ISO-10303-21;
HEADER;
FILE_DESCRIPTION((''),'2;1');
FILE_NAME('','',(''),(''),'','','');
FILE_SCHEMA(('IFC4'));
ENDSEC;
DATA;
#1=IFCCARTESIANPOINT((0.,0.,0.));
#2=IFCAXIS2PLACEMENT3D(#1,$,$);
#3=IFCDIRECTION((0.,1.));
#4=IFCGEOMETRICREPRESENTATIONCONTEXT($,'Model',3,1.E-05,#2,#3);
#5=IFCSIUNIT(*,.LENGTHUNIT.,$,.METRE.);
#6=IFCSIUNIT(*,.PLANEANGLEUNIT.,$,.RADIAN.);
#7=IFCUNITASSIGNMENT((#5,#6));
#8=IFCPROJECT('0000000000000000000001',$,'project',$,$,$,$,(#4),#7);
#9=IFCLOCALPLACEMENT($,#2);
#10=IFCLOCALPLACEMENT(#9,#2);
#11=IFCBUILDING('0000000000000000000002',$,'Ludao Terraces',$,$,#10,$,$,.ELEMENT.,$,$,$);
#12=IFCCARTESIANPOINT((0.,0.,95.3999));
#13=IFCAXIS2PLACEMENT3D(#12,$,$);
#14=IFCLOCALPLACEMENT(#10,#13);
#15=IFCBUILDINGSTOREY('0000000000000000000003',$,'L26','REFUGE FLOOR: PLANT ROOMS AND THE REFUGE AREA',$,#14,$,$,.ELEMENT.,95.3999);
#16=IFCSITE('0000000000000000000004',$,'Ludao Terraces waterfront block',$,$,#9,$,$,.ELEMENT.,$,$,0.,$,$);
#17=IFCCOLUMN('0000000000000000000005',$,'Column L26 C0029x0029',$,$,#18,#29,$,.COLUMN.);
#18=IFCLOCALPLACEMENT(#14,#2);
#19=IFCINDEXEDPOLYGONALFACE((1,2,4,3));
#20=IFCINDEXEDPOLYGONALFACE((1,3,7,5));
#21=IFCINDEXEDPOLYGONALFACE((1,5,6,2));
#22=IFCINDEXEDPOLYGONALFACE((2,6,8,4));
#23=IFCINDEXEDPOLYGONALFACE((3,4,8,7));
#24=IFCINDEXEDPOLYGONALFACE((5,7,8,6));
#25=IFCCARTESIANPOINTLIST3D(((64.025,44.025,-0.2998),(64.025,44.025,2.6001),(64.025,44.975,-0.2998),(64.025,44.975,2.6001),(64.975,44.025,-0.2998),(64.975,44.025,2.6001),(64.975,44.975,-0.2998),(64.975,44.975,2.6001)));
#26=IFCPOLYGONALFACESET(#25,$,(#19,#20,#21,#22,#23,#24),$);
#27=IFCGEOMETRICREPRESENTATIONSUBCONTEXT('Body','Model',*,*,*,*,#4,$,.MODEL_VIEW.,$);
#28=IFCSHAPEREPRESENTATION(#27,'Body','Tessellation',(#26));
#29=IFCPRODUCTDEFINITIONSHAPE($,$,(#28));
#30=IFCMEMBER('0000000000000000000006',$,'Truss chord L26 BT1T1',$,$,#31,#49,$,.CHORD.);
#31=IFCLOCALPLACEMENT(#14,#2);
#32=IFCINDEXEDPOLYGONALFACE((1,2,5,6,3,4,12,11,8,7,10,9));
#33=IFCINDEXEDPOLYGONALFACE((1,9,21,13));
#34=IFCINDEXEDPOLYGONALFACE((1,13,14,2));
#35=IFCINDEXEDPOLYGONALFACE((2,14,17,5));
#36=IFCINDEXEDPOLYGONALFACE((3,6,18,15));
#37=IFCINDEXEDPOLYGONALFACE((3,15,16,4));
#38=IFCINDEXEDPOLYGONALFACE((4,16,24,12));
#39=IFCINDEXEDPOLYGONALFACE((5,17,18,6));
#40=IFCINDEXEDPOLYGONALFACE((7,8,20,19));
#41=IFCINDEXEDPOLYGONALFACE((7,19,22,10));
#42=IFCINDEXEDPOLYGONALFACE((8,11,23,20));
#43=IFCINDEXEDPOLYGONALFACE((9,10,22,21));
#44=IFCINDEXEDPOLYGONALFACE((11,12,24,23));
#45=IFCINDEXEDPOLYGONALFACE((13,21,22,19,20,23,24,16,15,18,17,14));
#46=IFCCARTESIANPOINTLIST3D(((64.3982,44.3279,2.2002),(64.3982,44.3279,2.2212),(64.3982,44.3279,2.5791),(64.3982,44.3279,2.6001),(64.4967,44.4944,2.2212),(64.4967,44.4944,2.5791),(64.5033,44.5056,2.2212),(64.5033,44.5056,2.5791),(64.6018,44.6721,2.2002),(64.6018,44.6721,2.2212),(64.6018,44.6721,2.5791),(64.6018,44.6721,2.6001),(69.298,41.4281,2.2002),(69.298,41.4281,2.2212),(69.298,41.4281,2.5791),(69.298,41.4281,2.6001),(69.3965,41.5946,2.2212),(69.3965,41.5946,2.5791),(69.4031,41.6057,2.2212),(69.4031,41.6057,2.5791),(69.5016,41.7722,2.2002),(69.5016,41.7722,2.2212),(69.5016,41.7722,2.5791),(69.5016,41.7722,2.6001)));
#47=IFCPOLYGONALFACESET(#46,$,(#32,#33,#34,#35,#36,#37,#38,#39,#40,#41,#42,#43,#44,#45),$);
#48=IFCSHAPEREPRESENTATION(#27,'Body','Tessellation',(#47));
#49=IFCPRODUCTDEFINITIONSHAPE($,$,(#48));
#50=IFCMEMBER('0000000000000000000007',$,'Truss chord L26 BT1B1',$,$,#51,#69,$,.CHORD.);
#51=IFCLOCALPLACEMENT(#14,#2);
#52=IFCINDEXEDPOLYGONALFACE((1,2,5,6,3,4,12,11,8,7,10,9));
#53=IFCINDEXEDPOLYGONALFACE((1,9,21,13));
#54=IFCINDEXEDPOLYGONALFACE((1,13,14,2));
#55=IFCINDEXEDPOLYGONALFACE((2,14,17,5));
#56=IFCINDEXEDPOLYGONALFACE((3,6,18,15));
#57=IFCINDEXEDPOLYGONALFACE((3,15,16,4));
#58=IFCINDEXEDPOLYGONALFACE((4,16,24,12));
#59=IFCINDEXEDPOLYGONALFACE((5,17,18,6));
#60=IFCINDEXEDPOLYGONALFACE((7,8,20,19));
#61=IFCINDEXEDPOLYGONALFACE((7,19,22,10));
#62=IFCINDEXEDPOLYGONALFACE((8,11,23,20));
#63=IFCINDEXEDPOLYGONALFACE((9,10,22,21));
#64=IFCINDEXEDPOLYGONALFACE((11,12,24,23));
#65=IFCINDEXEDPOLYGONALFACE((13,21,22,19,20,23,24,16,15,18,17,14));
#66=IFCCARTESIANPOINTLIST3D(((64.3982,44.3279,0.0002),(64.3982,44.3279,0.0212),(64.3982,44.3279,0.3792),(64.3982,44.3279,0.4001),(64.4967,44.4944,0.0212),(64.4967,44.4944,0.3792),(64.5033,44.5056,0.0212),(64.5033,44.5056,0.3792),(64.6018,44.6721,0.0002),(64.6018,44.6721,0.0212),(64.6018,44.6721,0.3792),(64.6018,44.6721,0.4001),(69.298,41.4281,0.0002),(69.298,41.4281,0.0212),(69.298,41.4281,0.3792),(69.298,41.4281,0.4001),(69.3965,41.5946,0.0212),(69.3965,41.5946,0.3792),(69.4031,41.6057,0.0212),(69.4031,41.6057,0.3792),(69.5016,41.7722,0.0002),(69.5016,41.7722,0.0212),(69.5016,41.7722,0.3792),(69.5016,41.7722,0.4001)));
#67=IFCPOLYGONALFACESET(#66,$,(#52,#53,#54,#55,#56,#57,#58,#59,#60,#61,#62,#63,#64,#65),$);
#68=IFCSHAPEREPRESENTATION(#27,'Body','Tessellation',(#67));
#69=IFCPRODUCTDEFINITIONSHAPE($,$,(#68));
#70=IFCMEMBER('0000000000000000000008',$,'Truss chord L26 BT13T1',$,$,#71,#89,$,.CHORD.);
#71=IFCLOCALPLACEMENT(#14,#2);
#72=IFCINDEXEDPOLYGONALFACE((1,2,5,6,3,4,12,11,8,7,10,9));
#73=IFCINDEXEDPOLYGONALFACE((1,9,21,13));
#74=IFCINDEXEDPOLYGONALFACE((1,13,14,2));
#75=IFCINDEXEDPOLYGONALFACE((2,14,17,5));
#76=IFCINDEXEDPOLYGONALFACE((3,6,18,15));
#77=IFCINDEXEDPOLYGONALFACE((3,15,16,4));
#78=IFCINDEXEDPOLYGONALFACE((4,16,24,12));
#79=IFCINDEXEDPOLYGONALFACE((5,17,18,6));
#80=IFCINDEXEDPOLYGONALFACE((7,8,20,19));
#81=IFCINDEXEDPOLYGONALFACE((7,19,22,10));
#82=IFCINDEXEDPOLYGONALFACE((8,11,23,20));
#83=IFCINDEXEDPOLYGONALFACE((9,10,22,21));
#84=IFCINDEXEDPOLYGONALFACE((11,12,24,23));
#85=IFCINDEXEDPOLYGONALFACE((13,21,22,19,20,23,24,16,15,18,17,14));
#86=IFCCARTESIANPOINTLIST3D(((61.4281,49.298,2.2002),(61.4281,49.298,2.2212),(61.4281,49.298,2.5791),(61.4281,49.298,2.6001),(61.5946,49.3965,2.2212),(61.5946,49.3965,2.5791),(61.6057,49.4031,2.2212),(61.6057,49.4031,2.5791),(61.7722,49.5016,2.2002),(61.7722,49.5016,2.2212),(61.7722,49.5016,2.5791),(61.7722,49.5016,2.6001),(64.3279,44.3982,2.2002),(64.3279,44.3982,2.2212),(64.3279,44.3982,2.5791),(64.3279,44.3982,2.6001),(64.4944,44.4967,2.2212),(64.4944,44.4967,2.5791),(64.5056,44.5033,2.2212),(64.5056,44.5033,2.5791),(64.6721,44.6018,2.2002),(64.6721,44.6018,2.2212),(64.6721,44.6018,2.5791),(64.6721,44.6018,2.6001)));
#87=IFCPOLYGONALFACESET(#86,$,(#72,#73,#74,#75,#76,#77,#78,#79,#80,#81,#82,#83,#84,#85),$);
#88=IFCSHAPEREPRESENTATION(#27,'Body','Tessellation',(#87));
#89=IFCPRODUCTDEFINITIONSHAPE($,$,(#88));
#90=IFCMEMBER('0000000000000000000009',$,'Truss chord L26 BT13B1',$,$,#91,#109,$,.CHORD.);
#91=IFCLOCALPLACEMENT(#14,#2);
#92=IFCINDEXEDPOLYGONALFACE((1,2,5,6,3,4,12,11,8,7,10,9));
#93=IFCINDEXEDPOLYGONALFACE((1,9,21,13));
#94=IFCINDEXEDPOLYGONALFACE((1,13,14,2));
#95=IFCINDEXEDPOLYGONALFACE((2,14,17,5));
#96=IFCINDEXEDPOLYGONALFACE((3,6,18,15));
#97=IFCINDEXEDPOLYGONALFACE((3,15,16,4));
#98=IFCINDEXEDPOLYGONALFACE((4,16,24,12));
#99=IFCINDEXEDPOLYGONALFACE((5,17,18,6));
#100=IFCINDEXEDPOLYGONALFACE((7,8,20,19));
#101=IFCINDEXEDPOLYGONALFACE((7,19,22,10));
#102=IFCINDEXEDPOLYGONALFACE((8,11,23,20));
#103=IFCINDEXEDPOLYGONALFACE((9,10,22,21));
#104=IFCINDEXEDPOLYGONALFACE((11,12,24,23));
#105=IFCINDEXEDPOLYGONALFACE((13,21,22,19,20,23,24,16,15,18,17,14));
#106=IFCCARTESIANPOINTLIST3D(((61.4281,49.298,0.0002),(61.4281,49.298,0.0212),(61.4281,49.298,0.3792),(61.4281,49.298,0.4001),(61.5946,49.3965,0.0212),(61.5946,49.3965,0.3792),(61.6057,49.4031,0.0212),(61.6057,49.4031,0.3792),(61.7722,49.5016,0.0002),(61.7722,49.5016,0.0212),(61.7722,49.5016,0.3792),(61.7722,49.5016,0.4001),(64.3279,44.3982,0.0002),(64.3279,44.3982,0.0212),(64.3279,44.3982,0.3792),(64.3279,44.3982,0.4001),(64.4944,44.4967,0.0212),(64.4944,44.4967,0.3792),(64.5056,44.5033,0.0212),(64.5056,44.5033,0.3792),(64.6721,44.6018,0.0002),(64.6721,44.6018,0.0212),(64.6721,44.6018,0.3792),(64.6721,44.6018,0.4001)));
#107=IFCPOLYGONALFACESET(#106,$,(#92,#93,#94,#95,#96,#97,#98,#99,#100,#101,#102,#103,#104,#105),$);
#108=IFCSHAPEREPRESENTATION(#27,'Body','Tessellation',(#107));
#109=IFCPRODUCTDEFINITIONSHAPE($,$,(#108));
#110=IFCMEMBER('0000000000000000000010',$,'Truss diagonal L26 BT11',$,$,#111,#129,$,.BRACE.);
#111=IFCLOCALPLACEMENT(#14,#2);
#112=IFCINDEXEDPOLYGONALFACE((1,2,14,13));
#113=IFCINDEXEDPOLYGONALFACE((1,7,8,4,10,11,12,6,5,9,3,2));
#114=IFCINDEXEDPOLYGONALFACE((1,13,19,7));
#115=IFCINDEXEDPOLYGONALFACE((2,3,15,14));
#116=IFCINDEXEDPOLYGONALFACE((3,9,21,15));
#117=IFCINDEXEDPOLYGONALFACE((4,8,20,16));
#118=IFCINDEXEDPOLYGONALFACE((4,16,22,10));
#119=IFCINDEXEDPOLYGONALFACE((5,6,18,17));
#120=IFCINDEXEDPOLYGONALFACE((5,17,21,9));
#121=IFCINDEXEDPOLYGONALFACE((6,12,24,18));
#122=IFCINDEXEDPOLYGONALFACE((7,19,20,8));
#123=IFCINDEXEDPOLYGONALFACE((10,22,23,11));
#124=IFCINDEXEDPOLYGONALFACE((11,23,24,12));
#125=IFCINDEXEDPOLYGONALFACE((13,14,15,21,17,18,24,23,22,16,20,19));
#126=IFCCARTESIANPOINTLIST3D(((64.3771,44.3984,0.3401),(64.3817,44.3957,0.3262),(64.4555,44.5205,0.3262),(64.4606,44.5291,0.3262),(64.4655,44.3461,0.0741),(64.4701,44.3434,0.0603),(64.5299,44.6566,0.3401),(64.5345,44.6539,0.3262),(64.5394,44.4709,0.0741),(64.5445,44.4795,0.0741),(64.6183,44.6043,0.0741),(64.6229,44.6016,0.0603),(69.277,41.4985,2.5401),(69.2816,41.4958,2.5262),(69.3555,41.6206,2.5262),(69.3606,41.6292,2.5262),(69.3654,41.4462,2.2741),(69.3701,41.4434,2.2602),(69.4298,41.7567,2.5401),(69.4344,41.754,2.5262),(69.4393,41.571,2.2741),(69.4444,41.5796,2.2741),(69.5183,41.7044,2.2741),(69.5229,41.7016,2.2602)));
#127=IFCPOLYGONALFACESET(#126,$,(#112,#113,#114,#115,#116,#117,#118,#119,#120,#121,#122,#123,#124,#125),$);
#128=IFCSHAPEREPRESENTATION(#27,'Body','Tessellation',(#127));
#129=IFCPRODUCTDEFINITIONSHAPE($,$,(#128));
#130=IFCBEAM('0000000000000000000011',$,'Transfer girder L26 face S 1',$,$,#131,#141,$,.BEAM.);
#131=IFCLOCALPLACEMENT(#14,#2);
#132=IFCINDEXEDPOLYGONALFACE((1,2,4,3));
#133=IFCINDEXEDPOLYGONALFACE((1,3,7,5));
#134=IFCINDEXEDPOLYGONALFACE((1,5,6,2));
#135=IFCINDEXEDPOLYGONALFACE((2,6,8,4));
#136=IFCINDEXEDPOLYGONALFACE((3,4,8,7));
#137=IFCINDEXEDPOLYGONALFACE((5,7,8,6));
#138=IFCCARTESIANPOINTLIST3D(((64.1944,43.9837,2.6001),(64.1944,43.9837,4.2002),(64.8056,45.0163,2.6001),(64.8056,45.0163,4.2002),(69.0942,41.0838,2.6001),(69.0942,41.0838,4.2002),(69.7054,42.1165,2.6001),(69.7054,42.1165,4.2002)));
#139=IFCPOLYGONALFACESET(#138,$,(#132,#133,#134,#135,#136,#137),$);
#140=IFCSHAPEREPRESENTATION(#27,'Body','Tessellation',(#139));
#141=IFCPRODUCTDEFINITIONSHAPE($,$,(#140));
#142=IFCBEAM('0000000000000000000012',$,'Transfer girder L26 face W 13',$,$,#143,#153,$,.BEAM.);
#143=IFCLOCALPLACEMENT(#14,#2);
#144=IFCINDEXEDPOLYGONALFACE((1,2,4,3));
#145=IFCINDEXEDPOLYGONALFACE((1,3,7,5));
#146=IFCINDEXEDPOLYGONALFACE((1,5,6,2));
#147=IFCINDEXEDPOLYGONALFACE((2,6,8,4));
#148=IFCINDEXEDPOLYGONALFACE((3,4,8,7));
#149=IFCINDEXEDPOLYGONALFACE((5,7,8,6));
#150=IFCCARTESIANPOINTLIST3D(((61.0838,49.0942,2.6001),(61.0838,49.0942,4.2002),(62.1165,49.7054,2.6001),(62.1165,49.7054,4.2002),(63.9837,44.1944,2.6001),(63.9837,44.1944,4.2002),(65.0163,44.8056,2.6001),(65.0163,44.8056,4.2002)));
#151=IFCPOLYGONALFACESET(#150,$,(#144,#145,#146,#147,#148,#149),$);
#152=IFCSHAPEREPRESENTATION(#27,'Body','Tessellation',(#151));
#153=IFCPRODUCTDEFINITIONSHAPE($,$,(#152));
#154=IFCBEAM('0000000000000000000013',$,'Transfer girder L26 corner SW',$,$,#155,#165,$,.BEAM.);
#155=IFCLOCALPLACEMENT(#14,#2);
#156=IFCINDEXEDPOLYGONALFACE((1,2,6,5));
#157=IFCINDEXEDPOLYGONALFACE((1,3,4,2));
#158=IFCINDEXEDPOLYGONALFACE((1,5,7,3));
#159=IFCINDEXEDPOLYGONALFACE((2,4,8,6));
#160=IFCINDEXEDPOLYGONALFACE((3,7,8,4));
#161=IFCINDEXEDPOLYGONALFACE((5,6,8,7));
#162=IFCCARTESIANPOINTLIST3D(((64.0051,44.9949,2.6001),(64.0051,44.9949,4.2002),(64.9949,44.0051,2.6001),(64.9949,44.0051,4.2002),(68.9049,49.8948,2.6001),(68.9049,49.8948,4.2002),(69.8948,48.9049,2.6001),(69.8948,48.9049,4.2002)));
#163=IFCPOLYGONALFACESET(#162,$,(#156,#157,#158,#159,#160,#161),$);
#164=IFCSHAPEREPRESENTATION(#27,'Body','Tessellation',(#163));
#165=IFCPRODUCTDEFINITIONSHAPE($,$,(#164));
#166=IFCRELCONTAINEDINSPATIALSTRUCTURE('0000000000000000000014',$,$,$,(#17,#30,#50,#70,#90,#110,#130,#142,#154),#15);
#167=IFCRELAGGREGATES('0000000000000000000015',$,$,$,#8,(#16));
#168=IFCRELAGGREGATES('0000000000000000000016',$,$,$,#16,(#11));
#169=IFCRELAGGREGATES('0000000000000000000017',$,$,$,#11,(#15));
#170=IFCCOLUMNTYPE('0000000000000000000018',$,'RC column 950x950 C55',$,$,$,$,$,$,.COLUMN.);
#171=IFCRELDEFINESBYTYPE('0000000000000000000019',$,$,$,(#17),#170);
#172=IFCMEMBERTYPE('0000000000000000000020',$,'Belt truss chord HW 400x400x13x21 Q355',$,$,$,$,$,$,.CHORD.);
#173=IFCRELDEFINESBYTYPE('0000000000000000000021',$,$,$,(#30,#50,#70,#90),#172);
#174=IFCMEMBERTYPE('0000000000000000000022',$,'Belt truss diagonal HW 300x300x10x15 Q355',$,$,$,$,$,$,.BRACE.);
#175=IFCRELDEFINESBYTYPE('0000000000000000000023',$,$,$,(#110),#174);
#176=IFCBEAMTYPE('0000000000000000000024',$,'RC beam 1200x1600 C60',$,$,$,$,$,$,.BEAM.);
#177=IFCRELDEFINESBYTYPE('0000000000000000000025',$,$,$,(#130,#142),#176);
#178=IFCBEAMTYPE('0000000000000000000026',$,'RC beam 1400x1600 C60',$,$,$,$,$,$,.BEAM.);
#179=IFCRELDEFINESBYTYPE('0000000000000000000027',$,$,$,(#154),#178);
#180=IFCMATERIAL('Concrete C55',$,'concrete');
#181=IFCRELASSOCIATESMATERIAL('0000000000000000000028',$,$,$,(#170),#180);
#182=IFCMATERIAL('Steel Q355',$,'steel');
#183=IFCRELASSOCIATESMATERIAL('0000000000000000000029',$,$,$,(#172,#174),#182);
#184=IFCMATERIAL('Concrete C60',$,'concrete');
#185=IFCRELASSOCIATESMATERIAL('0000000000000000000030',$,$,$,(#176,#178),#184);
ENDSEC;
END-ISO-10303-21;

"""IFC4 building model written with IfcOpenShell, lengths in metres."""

from ifc_helpers import new_model, si_unit, direction, frame, origin, origin_2d, place, context, subcontext, project, spatial, rectangle, i_section, extrude, material, material_profile, profile_set, type_object, element, save


model = new_model("IFC4")

# Units and contexts
model_context = context("Model", 3, precision=1e-05, world=origin(), true_north=direction((0.0, 1.0)))
body_context = subcontext(model_context, "Body", "Model", "MODEL_VIEW")
ifc_project = project(units=[si_unit("LENGTHUNIT", "METRE"), si_unit("PLANEANGLEUNIT", "RADIAN")], contexts=[model_context])

# Site, building, storey
site_placement = place(None, origin())
site = spatial("IfcSite", under=ifc_project, at=site_placement, Name="Ludao Terraces waterfront block", CompositionType="ELEMENT", RefElevation=0.0)
building_placement = place(site_placement, origin())
building = spatial("IfcBuilding", under=site, at=building_placement, Name="Ludao Terraces", CompositionType="ELEMENT")
storey_placement = place(building_placement, frame((0.0, 0.0, 95.3999)))
storey = spatial("IfcBuildingStorey", under=building, at=storey_placement, Name="L26", Description="REFUGE FLOOR: PLANT ROOMS AND THE REFUGE AREA", CompositionType="ELEMENT", Elevation=95.3999)

# Column
ifc_material_1 = material(Name="Concrete C55", Category="concrete")
ifc_material_profile_1 = material_profile(ifc_material_1, rectangle(XDim=0.95, YDim=0.95, at=origin_2d()), Name="950 X 950")
ifc_profile_set_1 = profile_set([ifc_material_profile_1], Name="Concrete C55")
column_type = type_object("IfcColumnType", Name="RC column 950x950 C55", PredefinedType="COLUMN", material=ifc_profile_set_1)
column_placement = place(storey_placement, frame((64.5, 44.5, -0.2998), z_axis=(0.0, 0.0, 1.0), x_axis=(1.0, 0.0, 0.0)))
element("IfcColumn", 1, at=column_placement, inside=storey, type_object=column_type, Name="Column L26 C0029x0029", PredefinedType="COLUMN", context=body_context, shape_type="SweptSolid", body=[
    extrude(rectangle(XDim=0.95, YDim=0.95, at=origin_2d()), origin(), (0.0, 0.0, 1.0), 2.8999),
])

# Members
ifc_material_2 = material(Name="Steel Q355", Category="steel")
ifc_material_profile_2 = material_profile(ifc_material_2, i_section(OverallWidth=0.3999, OverallDepth=0.3999, WebThickness=0.0129, FlangeThickness=0.021, at=origin_2d()), Name="HW 400X400X13X21")
ifc_profile_set_2 = profile_set([ifc_material_profile_2], Name="Steel Q355")
member_type_1 = type_object("IfcMemberType", Name="Belt truss chord HW 400x400x13x21 Q355", PredefinedType="CHORD", material=ifc_profile_set_2)
for number, where, z_axis, x_axis, name in (
    (2, (64.5, 44.5, 2.4001), (0.86058, -0.509316, 0.0), (0.509316, 0.86058, 0.0), "Truss chord L26 BT1T1"),
    (3, (64.5, 44.5, 0.2002), (0.86058, -0.509316, 0.0), (0.509316, 0.86058, 0.0), "Truss chord L26 BT1B1"),
    (4, (64.5, 44.5, 2.4001), (-0.509316, 0.86058, 0.0), (-0.86058, -0.509316, 0.0), "Truss chord L26 BT13T1"),
    (5, (64.5, 44.5, 0.2002), (-0.509316, 0.86058, 0.0), (-0.86058, -0.509316, 0.0), "Truss chord L26 BT13B1"),
):
    element("IfcMember", number, at=place(storey_placement, frame(where, z_axis=z_axis, x_axis=x_axis)), inside=storey, type_object=member_type_1, Name=name, PredefinedType="CHORD", context=body_context, shape_type="SweptSolid", body=[
        extrude(i_section(OverallWidth=0.3999, OverallDepth=0.3999, WebThickness=0.0129, FlangeThickness=0.021, at=origin_2d()), origin(), (0.0, 0.0, 1.0), 5.6936),
    ])
ifc_material_profile_3 = material_profile(ifc_material_2, i_section(OverallWidth=0.3, OverallDepth=0.3, WebThickness=0.01, FlangeThickness=0.0149, at=origin_2d()), Name="HW 300X300X10X15")
ifc_profile_set_3 = profile_set([ifc_material_profile_3], Name="Steel Q355")
member_type_2 = type_object("IfcMemberType", Name="Belt truss diagonal HW 300x300x10x15 Q355", PredefinedType="BRACE", material=ifc_profile_set_3)
member_placement = place(storey_placement, frame((64.5, 44.5, 0.2002), z_axis=(0.802742, -0.475086, 0.360414), x_axis=(0.509316, 0.86058, 0.0)))
element("IfcMember", 6, at=member_placement, inside=storey, type_object=member_type_2, Name="Truss diagonal L26 BT11", PredefinedType="BRACE", context=body_context, shape_type="SweptSolid", body=[
    extrude(i_section(OverallWidth=0.3, OverallDepth=0.3, WebThickness=0.01, FlangeThickness=0.0149, at=origin_2d()), origin(), (0.0, 0.0, 1.0), 6.104),
])

# Beams
ifc_material_3 = material(Name="Concrete C60", Category="concrete")
ifc_material_profile_4 = material_profile(ifc_material_3, rectangle(XDim=1.2, YDim=1.6001, at=origin_2d()), Name="1200 X 1600")
ifc_profile_set_4 = profile_set([ifc_material_profile_4], Name="Concrete C60")
beam_type_1 = type_object("IfcBeamType", Name="RC beam 1200x1600 C60", PredefinedType="BEAM", material=ifc_profile_set_4)
for number, where, z_axis, x_axis, name in (
    (7, (64.5, 44.5, 3.4001), (0.86058, -0.509316, 0.0), (0.509316, 0.86058, 0.0), "Transfer girder L26 face S 1"),
    (8, (64.5, 44.5, 3.4001), (-0.509316, 0.86058, 0.0), (-0.86058, -0.509316, 0.0), "Transfer girder L26 face W 13"),
):
    element("IfcBeam", number, at=place(storey_placement, frame(where, z_axis=z_axis, x_axis=x_axis)), inside=storey, type_object=beam_type_1, Name=name, PredefinedType="BEAM", context=body_context, shape_type="SweptSolid", body=[
        extrude(rectangle(XDim=1.2, YDim=1.6001, at=origin_2d()), origin(), (0.0, 0.0, 1.0), 5.6936),
    ])
ifc_material_profile_5 = material_profile(ifc_material_3, rectangle(XDim=1.3999, YDim=1.6001, at=origin_2d()), Name="1400 X 1600")
ifc_profile_set_5 = profile_set([ifc_material_profile_5], Name="Concrete C60")
beam_type_2 = type_object("IfcBeamType", Name="RC beam 1400x1600 C60", PredefinedType="BEAM", material=ifc_profile_set_5)
beam_placement = place(storey_placement, frame((64.5, 44.5, 3.4001), z_axis=(0.707107, 0.707107, 0.0), x_axis=(-0.707107, 0.707107, 0.0)))
element("IfcBeam", 9, at=beam_placement, inside=storey, type_object=beam_type_2, Name="Transfer girder L26 corner SW", PredefinedType="BEAM", context=body_context, shape_type="SweptSolid", body=[
    extrude(rectangle(XDim=1.3999, YDim=1.6001, at=origin_2d()), origin(), (0.0, 0.0, 1.0), 6.9294),
])

save(model, "model.ifc")
